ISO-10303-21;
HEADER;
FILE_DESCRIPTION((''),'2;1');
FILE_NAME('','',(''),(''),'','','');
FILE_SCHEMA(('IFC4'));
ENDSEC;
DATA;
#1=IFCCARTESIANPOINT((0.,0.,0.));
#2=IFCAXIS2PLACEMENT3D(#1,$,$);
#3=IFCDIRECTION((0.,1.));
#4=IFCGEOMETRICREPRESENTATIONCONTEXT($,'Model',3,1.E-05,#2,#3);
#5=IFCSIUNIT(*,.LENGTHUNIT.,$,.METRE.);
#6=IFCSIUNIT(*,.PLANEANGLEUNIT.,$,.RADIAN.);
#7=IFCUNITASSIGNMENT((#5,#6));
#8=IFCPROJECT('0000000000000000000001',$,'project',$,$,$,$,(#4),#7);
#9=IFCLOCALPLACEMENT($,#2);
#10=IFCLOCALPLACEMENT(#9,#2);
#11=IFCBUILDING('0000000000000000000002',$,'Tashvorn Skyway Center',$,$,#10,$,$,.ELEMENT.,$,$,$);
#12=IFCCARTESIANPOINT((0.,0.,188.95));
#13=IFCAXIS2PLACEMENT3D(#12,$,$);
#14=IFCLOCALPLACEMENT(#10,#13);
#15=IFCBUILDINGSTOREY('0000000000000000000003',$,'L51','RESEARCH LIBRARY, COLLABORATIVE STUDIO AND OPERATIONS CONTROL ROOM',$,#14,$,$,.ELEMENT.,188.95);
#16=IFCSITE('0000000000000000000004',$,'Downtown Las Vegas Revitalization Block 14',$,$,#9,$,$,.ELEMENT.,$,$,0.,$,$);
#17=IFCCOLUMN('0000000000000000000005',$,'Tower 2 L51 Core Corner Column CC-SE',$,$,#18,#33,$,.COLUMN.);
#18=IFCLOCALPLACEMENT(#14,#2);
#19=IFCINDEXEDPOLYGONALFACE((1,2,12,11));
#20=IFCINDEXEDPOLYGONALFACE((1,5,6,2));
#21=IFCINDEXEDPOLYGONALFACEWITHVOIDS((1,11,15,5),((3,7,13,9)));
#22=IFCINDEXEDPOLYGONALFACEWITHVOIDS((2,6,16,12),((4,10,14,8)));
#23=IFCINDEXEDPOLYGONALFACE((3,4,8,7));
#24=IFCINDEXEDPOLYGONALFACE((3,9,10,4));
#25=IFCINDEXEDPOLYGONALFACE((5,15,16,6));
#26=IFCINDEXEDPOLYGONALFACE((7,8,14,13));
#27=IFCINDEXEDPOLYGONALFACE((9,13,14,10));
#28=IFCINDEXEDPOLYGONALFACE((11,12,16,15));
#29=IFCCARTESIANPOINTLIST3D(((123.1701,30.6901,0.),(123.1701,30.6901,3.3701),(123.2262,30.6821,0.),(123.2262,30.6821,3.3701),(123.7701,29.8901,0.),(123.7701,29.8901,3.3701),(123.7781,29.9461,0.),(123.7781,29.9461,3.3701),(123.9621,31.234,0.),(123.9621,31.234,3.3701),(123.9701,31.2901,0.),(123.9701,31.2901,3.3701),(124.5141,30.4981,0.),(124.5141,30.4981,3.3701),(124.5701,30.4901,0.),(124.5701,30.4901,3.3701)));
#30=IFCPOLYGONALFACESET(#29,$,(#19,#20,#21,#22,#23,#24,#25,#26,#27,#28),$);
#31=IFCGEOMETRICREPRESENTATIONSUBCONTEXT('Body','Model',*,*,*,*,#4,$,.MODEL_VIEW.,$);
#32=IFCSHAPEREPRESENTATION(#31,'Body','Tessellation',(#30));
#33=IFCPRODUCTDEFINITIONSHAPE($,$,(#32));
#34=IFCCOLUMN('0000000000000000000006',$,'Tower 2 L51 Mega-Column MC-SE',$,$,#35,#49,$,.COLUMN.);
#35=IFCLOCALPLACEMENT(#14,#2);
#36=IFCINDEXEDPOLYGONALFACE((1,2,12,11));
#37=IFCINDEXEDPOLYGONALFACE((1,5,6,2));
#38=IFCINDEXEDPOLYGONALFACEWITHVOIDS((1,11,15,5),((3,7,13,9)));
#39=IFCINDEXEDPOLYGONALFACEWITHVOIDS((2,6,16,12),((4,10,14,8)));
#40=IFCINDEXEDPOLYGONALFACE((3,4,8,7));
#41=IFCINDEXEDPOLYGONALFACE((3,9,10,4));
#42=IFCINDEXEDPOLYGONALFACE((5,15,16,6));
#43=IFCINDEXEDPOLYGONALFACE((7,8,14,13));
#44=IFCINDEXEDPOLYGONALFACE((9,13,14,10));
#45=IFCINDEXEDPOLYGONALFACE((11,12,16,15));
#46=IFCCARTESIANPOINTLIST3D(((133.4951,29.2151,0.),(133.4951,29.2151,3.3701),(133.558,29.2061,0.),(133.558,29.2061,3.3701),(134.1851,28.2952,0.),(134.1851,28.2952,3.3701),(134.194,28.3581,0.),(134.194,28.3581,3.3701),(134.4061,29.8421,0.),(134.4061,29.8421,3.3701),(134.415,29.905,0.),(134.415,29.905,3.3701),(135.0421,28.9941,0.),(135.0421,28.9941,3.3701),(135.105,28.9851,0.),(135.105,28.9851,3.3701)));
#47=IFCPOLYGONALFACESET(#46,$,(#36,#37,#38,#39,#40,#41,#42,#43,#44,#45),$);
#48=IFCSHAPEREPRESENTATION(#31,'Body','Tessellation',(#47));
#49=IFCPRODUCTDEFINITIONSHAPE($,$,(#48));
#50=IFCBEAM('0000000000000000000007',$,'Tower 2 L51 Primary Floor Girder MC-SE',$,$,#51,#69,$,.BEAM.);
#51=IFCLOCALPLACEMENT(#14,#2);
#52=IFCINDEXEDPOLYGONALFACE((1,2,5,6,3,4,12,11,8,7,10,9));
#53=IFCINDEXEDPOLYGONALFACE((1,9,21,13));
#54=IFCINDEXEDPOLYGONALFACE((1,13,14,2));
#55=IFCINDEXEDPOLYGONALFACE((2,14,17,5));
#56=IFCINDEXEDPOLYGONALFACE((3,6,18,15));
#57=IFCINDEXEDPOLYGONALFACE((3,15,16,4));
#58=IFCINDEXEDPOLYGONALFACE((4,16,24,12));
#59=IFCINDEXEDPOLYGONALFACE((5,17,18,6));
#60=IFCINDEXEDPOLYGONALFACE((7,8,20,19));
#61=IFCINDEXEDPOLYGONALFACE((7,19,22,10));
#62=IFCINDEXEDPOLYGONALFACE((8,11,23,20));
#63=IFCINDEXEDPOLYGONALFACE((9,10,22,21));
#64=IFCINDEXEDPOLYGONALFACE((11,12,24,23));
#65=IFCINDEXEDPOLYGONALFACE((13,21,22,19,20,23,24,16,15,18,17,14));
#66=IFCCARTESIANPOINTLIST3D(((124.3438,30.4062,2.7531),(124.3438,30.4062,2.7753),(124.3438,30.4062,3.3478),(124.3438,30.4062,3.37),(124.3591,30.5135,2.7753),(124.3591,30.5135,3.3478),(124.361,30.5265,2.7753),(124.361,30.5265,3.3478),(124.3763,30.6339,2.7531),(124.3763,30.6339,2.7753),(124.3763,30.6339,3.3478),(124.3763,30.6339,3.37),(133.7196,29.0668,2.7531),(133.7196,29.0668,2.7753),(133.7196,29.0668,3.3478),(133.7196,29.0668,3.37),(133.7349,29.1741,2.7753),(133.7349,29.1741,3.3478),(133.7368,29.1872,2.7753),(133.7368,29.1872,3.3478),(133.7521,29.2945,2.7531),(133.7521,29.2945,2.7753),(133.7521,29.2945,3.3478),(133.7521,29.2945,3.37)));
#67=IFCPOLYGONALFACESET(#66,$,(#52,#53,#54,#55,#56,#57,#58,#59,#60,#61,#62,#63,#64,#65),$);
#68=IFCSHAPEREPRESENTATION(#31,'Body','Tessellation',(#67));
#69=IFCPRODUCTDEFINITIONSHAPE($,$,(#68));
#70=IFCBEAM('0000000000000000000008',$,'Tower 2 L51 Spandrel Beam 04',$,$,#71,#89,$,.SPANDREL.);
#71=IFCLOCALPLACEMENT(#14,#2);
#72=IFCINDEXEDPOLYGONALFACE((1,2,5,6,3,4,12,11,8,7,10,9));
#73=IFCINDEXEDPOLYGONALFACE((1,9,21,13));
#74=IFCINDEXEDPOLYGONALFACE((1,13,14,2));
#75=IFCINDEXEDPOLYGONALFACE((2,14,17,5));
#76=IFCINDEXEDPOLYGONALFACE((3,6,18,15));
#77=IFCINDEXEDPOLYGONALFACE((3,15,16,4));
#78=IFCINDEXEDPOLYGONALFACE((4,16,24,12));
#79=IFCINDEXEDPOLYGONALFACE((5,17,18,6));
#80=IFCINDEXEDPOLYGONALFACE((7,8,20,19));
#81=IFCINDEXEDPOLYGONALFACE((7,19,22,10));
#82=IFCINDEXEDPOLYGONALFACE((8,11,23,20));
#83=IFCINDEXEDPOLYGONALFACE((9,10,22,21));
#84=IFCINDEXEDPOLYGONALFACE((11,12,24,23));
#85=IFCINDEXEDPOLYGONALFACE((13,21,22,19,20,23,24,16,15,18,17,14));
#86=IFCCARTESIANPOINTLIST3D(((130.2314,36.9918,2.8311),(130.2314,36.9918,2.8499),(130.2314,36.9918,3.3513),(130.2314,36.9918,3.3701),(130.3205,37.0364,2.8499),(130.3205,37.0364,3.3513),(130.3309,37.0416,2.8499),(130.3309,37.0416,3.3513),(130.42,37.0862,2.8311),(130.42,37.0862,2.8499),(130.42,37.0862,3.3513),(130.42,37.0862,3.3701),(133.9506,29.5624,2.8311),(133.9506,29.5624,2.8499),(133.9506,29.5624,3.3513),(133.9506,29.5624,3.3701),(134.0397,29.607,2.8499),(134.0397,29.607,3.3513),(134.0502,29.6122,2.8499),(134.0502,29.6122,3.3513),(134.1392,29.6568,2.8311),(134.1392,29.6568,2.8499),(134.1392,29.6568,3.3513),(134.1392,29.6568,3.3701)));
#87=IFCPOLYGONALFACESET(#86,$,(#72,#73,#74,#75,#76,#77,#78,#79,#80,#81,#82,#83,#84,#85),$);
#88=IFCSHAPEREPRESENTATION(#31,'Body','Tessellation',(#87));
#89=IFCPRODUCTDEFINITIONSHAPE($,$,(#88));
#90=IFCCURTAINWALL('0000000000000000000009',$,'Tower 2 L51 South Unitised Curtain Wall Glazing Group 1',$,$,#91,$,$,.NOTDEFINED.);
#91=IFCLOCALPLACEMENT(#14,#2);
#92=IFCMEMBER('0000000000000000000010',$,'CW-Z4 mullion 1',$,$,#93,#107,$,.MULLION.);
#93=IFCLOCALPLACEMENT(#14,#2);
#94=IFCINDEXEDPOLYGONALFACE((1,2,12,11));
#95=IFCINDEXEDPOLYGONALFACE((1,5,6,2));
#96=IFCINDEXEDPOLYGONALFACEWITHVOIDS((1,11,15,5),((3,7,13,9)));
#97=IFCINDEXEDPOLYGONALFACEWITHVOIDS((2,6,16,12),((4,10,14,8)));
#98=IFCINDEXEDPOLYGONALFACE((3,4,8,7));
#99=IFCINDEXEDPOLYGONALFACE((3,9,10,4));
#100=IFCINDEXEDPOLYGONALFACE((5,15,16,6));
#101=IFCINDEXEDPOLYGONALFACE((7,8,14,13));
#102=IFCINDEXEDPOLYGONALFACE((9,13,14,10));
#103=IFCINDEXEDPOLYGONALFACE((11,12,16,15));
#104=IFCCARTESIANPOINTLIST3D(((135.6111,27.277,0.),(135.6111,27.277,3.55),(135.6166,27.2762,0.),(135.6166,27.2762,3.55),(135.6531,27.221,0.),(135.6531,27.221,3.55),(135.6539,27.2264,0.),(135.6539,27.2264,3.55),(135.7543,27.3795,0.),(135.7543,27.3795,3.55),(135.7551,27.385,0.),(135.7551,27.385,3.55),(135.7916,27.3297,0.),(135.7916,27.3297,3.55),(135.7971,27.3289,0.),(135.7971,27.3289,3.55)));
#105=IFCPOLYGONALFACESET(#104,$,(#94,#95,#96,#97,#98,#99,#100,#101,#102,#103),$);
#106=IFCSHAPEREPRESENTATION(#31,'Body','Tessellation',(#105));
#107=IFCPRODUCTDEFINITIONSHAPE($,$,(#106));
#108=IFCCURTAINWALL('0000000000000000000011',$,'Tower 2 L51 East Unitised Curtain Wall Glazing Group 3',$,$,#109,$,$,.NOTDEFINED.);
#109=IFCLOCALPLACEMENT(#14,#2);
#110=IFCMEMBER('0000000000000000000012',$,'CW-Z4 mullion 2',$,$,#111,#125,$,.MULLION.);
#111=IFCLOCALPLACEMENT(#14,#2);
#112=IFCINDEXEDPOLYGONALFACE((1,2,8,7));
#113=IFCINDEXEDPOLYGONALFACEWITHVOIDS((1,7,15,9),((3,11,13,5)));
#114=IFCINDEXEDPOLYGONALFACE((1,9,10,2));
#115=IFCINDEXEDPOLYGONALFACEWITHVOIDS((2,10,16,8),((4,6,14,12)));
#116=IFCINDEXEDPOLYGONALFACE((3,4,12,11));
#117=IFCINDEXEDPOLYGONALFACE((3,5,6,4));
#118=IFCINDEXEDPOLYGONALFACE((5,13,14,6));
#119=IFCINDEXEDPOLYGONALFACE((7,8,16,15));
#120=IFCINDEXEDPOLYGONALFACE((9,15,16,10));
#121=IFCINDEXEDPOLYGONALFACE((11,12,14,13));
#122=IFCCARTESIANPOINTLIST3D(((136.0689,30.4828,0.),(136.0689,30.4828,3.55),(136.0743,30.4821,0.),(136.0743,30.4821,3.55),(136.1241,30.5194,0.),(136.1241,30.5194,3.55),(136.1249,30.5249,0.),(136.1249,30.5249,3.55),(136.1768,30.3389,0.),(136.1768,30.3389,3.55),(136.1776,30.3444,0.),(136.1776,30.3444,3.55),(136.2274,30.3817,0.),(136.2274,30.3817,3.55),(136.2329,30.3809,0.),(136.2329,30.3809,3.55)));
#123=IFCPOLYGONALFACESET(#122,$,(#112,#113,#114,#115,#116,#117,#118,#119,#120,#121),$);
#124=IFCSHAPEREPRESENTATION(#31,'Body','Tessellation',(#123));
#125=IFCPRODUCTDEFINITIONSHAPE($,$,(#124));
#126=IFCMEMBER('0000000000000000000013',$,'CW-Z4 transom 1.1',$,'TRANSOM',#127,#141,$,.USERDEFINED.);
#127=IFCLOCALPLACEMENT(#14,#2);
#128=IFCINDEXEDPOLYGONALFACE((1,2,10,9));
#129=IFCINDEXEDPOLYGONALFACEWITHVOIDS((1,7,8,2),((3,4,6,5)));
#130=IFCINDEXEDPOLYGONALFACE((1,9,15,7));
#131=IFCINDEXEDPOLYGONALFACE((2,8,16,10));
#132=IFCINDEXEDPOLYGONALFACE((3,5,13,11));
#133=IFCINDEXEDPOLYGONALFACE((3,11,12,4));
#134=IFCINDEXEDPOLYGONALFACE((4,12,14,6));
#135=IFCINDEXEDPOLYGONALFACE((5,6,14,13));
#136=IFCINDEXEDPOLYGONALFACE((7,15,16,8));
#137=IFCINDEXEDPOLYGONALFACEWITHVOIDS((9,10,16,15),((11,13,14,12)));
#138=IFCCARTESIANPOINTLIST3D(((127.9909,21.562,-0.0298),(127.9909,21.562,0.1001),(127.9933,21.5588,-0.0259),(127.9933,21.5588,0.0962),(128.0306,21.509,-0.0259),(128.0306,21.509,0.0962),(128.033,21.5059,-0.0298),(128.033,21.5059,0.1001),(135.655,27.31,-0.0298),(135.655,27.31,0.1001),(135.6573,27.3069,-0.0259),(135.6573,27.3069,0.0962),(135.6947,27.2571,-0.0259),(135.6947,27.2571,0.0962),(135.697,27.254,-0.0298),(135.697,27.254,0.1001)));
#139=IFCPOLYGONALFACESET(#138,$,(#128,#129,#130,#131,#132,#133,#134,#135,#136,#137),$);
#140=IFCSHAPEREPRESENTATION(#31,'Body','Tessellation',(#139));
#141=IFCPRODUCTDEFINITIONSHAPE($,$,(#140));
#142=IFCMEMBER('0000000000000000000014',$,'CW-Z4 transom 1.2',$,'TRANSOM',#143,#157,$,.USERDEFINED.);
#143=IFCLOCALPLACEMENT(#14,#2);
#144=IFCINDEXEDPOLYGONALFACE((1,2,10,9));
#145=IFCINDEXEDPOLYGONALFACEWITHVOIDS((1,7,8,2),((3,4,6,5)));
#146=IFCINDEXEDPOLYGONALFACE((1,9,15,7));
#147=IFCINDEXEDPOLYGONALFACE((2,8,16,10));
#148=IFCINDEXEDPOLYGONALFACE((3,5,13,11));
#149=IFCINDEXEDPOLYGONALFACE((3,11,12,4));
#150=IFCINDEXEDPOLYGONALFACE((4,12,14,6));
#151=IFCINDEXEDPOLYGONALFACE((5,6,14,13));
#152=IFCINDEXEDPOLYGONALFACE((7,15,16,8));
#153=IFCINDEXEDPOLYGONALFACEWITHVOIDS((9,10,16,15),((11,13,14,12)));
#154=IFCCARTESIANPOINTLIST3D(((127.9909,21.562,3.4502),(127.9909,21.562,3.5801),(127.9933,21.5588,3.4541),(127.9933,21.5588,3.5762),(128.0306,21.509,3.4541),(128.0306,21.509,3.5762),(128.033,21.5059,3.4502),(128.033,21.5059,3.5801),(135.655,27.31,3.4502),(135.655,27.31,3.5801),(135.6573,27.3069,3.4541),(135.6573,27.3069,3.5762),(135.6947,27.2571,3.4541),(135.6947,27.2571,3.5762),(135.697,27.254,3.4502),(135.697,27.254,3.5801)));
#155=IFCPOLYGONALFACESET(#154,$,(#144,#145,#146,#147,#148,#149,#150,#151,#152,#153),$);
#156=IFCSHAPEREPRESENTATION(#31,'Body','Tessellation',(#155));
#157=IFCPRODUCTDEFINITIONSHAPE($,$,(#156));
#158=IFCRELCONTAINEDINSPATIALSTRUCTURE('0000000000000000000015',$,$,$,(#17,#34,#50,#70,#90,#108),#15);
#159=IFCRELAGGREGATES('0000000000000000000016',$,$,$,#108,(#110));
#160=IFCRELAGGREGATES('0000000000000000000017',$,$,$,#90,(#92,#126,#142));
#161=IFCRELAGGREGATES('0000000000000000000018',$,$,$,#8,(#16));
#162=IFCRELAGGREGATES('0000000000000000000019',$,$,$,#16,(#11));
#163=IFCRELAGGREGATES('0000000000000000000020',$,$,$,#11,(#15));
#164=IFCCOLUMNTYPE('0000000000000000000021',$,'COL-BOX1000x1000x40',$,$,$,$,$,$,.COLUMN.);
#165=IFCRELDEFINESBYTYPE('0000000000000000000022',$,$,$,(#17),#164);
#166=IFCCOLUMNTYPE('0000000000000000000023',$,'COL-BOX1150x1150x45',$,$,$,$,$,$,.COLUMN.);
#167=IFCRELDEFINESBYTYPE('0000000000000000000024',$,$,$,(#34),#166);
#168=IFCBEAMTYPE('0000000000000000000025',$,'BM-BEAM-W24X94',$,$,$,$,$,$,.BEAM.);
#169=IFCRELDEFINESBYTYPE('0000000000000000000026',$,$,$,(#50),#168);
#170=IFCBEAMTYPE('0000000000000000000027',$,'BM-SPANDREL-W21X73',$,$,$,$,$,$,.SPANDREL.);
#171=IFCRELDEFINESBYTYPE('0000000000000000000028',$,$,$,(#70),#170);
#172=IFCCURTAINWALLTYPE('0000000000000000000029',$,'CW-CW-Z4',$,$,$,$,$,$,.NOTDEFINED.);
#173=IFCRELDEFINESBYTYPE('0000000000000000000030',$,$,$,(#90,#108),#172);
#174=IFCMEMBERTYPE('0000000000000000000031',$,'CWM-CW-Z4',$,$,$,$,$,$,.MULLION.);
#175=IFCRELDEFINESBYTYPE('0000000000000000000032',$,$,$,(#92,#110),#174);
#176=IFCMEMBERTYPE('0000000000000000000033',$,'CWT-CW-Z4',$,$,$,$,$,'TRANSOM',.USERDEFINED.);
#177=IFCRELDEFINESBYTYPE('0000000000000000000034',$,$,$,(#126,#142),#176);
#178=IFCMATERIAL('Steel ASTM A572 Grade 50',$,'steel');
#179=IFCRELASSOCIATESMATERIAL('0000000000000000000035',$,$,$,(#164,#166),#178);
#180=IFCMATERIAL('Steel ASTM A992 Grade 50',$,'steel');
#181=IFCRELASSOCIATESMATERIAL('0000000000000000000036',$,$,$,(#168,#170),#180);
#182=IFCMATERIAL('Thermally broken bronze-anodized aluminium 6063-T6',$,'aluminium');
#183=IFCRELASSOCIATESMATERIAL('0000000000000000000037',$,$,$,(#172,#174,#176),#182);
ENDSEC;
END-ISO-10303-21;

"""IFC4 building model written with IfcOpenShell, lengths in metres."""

from ifc_helpers import new_model, si_unit, direction, frame, origin, origin_2d, place, context, subcontext, project, spatial, hollow_rectangle, i_section, extrude, material, material_profile, profile_set, type_object, element, aggregate, save


model = new_model("IFC4")

# Units and contexts
model_context = context("Model", 3, precision=1e-05, world=origin(), true_north=direction((0.0, 1.0)))
body_context = subcontext(model_context, "Body", "Model", "MODEL_VIEW")
ifc_project = project(units=[si_unit("LENGTHUNIT", "METRE"), si_unit("PLANEANGLEUNIT", "RADIAN")], contexts=[model_context])

# Site, building, storey
site_placement = place(None, origin())
site = spatial("IfcSite", under=ifc_project, at=site_placement, Name="Downtown Las Vegas Revitalization Block 14", CompositionType="ELEMENT", RefElevation=0.0)
building_placement = place(site_placement, origin())
building = spatial("IfcBuilding", under=site, at=building_placement, Name="Tashvorn Skyway Center", CompositionType="ELEMENT")
storey_placement = place(building_placement, frame((0.0, 0.0, 188.95)))
storey = spatial("IfcBuildingStorey", under=building, at=storey_placement, Name="L51", Description="RESEARCH LIBRARY, COLLABORATIVE STUDIO AND OPERATIONS CONTROL ROOM", CompositionType="ELEMENT", Elevation=188.95)

# Columns
ifc_material_1 = material(Name="Steel ASTM A572 Grade 50", Category="steel")
ifc_material_profile_1 = material_profile(ifc_material_1, hollow_rectangle(XDim=1.0, YDim=1.0, WallThickness=0.04, at=origin_2d()), Name="BOX1000x1000x40")
ifc_profile_set_1 = profile_set([ifc_material_profile_1], Name="Steel ASTM A572 Grade 50")
column_type_1 = type_object("IfcColumnType", Name="COL-BOX1000x1000x40", PredefinedType="COLUMN", material=ifc_profile_set_1)
column_1_placement = place(storey_placement, frame((123.8701, 30.5901, 0.0), z_axis=(0.0, 0.0, 1.0), x_axis=(0.8, 0.6, 0.0)))
element("IfcColumn", 1, at=column_1_placement, inside=storey, type_object=column_type_1, Name="Tower 2 L51 Core Corner Column CC-SE", PredefinedType="COLUMN", context=body_context, shape_type="SweptSolid", body=[
    extrude(hollow_rectangle(XDim=1.0, YDim=1.0, WallThickness=0.04, at=origin_2d()), origin(), (0.0, 0.0, 1.0), 3.3701),
])
ifc_material_profile_2 = material_profile(ifc_material_1, hollow_rectangle(XDim=1.1499, YDim=1.1499, WallThickness=0.0449, at=origin_2d()), Name="BOX1150x1150x45")
ifc_profile_set_2 = profile_set([ifc_material_profile_2], Name="Steel ASTM A572 Grade 50")
column_type_2 = type_object("IfcColumnType", Name="COL-BOX1150x1150x45", PredefinedType="COLUMN", material=ifc_profile_set_2)
column_2_placement = place(storey_placement, frame((134.3, 29.1001, 0.0), z_axis=(0.0, 0.0, 1.0), x_axis=(0.8, 0.6, 0.0)))
element("IfcColumn", 2, at=column_2_placement, inside=storey, type_object=column_type_2, Name="Tower 2 L51 Mega-Column MC-SE", PredefinedType="COLUMN", context=body_context, shape_type="SweptSolid", body=[
    extrude(hollow_rectangle(XDim=1.1499, YDim=1.1499, WallThickness=0.0449, at=origin_2d()), origin(), (0.0, 0.0, 1.0), 3.3701),
])

# Beams
ifc_material_2 = material(Name="Steel ASTM A992 Grade 50", Category="steel")
ifc_material_profile_3 = material_profile(ifc_material_2, i_section(OverallWidth=0.23, OverallDepth=0.6169, WebThickness=0.0132, FlangeThickness=0.0222, at=origin_2d()), Name="W24X94")
ifc_profile_set_3 = profile_set([ifc_material_profile_3], Name="Steel ASTM A992 Grade 50")
beam_type_1 = type_object("IfcBeamType", Name="BM-BEAM-W24X94", PredefinedType="BEAM", material=ifc_profile_set_3)
beam_1_placement = place(storey_placement, frame((133.7358, 29.1807, 3.0615), z_axis=(-0.98995, 0.141418, 0.0), x_axis=(-0.141418, -0.98995, 0.0)))
element("IfcBeam", 3, at=beam_1_placement, inside=storey, type_object=beam_type_1, Name="Tower 2 L51 Primary Floor Girder MC-SE", PredefinedType="BEAM", context=body_context, shape_type="SweptSolid", body=[
    extrude(i_section(OverallWidth=0.23, OverallDepth=0.6169, WebThickness=0.0132, FlangeThickness=0.0222, at=origin_2d()), origin(), (0.0, 0.0, 1.0), 9.4709),
])
ifc_material_profile_4 = material_profile(ifc_material_2, i_section(OverallWidth=0.2109, OverallDepth=0.5391, WebThickness=0.0117, FlangeThickness=0.0188, at=origin_2d()), Name="W21X73")
ifc_profile_set_4 = profile_set([ifc_material_profile_4], Name="Steel ASTM A992 Grade 50")
beam_type_2 = type_object("IfcBeamType", Name="BM-SPANDREL-W21X73", PredefinedType="SPANDREL", material=ifc_profile_set_4)
beam_2_placement = place(storey_placement, frame((134.0449, 29.6096, 3.1006), z_axis=(-0.447648, 0.89421, 0.0), x_axis=(-0.89421, -0.447648, 0.0)))
element("IfcBeam", 4, at=beam_2_placement, inside=storey, type_object=beam_type_2, Name="Tower 2 L51 Spandrel Beam 04", PredefinedType="SPANDREL", context=body_context, shape_type="SweptSolid", body=[
    extrude(i_section(OverallWidth=0.2109, OverallDepth=0.5391, WebThickness=0.0117, FlangeThickness=0.0188, at=origin_2d()), origin(), (0.0, 0.0, 1.0), 8.3083),
])

# Curtain walls, members
ifc_material_3 = material(Name="Thermally broken bronze-anodized aluminium 6063-T6", Category="aluminium")
curtain_wall_type = type_object("IfcCurtainWallType", Name="CW-CW-Z4", PredefinedType="NOTDEFINED", material=ifc_material_3)
curtain_wall_1_placement = place(storey_placement, origin())
curtain_wall_1 = element("IfcCurtainWall", 5, at=curtain_wall_1_placement, inside=storey, type_object=curtain_wall_type, Name="Tower 2 L51 South Unitised Curtain Wall Glazing Group 1", PredefinedType="NOTDEFINED")
ifc_material_profile_5 = material_profile(ifc_material_3, hollow_rectangle(XDim=0.0701, YDim=0.1799, WallThickness=0.0039, at=origin_2d()), Name="ALU-MULL-70x180")
ifc_profile_set_5 = profile_set([ifc_material_profile_5], Name="Thermally broken bronze-anodized aluminium 6063-T6")
member_type_1 = type_object("IfcMemberType", Name="CWM-CW-Z4", PredefinedType="MULLION", material=ifc_profile_set_5)
member_1_placement = place(storey_placement, frame((135.7041, 27.303, 0.0), z_axis=(0.0, 0.0, 1.0), x_axis=(0.6, -0.8, 0.0)))
member_1 = element("IfcMember", 6, at=member_1_placement, type_object=member_type_1, Name="CW-Z4 mullion 1", PredefinedType="MULLION", context=body_context, shape_type="SweptSolid", body=[
    extrude(hollow_rectangle(XDim=0.0701, YDim=0.1799, WallThickness=0.0039, at=origin_2d()), origin(), (0.0, 0.0, 1.0), 3.55),
])
curtain_wall_2_placement = place(storey_placement, origin())
curtain_wall_2 = element("IfcCurtainWall", 7, at=curtain_wall_2_placement, inside=storey, type_object=curtain_wall_type, Name="Tower 2 L51 East Unitised Curtain Wall Glazing Group 3", PredefinedType="NOTDEFINED")
member_2_placement = place(storey_placement, frame((136.1509, 30.4319, 0.0), z_axis=(0.0, 0.0, 1.0), x_axis=(0.8, 0.6, 0.0)))
member_2 = element("IfcMember", 8, at=member_2_placement, type_object=member_type_1, Name="CW-Z4 mullion 2", PredefinedType="MULLION", context=body_context, shape_type="SweptSolid", body=[
    extrude(hollow_rectangle(XDim=0.0701, YDim=0.1799, WallThickness=0.0039, at=origin_2d()), origin(), (0.0, 0.0, 1.0), 3.55),
])
aggregate(curtain_wall_2, [member_2])

# Members
ifc_material_profile_6 = material_profile(ifc_material_3, hollow_rectangle(XDim=0.0701, YDim=0.1299, WallThickness=0.0039, at=origin_2d()), Name="ALU-TRAN-70x130")
ifc_profile_set_6 = profile_set([ifc_material_profile_6], Name="Thermally broken bronze-anodized aluminium 6063-T6")
member_type_2 = type_object("IfcMemberType", Name="CWT-CW-Z4", ElementType="TRANSOM", PredefinedType="USERDEFINED", material=ifc_profile_set_6)
member_3_placement = place(storey_placement, frame((135.676, 27.282, 0.0352), z_axis=(-0.8, -0.6, 0.0), x_axis=(0.6, -0.8, 0.0)))
member_3 = element("IfcMember", 9, at=member_3_placement, type_object=member_type_2, Name="CW-Z4 transom 1.1", ObjectType="TRANSOM", PredefinedType="USERDEFINED", context=body_context, shape_type="SweptSolid", body=[
    extrude(hollow_rectangle(XDim=0.0701, YDim=0.1299, WallThickness=0.0039, at=origin_2d()), origin(), (0.0, 0.0, 1.0), 9.5801),
])
member_4_placement = place(storey_placement, frame((135.676, 27.282, 3.5151), z_axis=(-0.8, -0.6, 0.0), x_axis=(0.6, -0.8, 0.0)))
member_4 = element("IfcMember", 10, at=member_4_placement, type_object=member_type_2, Name="CW-Z4 transom 1.2", ObjectType="TRANSOM", PredefinedType="USERDEFINED", context=body_context, shape_type="SweptSolid", body=[
    extrude(hollow_rectangle(XDim=0.0701, YDim=0.1299, WallThickness=0.0039, at=origin_2d()), origin(), (0.0, 0.0, 1.0), 9.5801),
])
aggregate(curtain_wall_1, [member_1, member_3, member_4])

save(model, "model.ifc")
